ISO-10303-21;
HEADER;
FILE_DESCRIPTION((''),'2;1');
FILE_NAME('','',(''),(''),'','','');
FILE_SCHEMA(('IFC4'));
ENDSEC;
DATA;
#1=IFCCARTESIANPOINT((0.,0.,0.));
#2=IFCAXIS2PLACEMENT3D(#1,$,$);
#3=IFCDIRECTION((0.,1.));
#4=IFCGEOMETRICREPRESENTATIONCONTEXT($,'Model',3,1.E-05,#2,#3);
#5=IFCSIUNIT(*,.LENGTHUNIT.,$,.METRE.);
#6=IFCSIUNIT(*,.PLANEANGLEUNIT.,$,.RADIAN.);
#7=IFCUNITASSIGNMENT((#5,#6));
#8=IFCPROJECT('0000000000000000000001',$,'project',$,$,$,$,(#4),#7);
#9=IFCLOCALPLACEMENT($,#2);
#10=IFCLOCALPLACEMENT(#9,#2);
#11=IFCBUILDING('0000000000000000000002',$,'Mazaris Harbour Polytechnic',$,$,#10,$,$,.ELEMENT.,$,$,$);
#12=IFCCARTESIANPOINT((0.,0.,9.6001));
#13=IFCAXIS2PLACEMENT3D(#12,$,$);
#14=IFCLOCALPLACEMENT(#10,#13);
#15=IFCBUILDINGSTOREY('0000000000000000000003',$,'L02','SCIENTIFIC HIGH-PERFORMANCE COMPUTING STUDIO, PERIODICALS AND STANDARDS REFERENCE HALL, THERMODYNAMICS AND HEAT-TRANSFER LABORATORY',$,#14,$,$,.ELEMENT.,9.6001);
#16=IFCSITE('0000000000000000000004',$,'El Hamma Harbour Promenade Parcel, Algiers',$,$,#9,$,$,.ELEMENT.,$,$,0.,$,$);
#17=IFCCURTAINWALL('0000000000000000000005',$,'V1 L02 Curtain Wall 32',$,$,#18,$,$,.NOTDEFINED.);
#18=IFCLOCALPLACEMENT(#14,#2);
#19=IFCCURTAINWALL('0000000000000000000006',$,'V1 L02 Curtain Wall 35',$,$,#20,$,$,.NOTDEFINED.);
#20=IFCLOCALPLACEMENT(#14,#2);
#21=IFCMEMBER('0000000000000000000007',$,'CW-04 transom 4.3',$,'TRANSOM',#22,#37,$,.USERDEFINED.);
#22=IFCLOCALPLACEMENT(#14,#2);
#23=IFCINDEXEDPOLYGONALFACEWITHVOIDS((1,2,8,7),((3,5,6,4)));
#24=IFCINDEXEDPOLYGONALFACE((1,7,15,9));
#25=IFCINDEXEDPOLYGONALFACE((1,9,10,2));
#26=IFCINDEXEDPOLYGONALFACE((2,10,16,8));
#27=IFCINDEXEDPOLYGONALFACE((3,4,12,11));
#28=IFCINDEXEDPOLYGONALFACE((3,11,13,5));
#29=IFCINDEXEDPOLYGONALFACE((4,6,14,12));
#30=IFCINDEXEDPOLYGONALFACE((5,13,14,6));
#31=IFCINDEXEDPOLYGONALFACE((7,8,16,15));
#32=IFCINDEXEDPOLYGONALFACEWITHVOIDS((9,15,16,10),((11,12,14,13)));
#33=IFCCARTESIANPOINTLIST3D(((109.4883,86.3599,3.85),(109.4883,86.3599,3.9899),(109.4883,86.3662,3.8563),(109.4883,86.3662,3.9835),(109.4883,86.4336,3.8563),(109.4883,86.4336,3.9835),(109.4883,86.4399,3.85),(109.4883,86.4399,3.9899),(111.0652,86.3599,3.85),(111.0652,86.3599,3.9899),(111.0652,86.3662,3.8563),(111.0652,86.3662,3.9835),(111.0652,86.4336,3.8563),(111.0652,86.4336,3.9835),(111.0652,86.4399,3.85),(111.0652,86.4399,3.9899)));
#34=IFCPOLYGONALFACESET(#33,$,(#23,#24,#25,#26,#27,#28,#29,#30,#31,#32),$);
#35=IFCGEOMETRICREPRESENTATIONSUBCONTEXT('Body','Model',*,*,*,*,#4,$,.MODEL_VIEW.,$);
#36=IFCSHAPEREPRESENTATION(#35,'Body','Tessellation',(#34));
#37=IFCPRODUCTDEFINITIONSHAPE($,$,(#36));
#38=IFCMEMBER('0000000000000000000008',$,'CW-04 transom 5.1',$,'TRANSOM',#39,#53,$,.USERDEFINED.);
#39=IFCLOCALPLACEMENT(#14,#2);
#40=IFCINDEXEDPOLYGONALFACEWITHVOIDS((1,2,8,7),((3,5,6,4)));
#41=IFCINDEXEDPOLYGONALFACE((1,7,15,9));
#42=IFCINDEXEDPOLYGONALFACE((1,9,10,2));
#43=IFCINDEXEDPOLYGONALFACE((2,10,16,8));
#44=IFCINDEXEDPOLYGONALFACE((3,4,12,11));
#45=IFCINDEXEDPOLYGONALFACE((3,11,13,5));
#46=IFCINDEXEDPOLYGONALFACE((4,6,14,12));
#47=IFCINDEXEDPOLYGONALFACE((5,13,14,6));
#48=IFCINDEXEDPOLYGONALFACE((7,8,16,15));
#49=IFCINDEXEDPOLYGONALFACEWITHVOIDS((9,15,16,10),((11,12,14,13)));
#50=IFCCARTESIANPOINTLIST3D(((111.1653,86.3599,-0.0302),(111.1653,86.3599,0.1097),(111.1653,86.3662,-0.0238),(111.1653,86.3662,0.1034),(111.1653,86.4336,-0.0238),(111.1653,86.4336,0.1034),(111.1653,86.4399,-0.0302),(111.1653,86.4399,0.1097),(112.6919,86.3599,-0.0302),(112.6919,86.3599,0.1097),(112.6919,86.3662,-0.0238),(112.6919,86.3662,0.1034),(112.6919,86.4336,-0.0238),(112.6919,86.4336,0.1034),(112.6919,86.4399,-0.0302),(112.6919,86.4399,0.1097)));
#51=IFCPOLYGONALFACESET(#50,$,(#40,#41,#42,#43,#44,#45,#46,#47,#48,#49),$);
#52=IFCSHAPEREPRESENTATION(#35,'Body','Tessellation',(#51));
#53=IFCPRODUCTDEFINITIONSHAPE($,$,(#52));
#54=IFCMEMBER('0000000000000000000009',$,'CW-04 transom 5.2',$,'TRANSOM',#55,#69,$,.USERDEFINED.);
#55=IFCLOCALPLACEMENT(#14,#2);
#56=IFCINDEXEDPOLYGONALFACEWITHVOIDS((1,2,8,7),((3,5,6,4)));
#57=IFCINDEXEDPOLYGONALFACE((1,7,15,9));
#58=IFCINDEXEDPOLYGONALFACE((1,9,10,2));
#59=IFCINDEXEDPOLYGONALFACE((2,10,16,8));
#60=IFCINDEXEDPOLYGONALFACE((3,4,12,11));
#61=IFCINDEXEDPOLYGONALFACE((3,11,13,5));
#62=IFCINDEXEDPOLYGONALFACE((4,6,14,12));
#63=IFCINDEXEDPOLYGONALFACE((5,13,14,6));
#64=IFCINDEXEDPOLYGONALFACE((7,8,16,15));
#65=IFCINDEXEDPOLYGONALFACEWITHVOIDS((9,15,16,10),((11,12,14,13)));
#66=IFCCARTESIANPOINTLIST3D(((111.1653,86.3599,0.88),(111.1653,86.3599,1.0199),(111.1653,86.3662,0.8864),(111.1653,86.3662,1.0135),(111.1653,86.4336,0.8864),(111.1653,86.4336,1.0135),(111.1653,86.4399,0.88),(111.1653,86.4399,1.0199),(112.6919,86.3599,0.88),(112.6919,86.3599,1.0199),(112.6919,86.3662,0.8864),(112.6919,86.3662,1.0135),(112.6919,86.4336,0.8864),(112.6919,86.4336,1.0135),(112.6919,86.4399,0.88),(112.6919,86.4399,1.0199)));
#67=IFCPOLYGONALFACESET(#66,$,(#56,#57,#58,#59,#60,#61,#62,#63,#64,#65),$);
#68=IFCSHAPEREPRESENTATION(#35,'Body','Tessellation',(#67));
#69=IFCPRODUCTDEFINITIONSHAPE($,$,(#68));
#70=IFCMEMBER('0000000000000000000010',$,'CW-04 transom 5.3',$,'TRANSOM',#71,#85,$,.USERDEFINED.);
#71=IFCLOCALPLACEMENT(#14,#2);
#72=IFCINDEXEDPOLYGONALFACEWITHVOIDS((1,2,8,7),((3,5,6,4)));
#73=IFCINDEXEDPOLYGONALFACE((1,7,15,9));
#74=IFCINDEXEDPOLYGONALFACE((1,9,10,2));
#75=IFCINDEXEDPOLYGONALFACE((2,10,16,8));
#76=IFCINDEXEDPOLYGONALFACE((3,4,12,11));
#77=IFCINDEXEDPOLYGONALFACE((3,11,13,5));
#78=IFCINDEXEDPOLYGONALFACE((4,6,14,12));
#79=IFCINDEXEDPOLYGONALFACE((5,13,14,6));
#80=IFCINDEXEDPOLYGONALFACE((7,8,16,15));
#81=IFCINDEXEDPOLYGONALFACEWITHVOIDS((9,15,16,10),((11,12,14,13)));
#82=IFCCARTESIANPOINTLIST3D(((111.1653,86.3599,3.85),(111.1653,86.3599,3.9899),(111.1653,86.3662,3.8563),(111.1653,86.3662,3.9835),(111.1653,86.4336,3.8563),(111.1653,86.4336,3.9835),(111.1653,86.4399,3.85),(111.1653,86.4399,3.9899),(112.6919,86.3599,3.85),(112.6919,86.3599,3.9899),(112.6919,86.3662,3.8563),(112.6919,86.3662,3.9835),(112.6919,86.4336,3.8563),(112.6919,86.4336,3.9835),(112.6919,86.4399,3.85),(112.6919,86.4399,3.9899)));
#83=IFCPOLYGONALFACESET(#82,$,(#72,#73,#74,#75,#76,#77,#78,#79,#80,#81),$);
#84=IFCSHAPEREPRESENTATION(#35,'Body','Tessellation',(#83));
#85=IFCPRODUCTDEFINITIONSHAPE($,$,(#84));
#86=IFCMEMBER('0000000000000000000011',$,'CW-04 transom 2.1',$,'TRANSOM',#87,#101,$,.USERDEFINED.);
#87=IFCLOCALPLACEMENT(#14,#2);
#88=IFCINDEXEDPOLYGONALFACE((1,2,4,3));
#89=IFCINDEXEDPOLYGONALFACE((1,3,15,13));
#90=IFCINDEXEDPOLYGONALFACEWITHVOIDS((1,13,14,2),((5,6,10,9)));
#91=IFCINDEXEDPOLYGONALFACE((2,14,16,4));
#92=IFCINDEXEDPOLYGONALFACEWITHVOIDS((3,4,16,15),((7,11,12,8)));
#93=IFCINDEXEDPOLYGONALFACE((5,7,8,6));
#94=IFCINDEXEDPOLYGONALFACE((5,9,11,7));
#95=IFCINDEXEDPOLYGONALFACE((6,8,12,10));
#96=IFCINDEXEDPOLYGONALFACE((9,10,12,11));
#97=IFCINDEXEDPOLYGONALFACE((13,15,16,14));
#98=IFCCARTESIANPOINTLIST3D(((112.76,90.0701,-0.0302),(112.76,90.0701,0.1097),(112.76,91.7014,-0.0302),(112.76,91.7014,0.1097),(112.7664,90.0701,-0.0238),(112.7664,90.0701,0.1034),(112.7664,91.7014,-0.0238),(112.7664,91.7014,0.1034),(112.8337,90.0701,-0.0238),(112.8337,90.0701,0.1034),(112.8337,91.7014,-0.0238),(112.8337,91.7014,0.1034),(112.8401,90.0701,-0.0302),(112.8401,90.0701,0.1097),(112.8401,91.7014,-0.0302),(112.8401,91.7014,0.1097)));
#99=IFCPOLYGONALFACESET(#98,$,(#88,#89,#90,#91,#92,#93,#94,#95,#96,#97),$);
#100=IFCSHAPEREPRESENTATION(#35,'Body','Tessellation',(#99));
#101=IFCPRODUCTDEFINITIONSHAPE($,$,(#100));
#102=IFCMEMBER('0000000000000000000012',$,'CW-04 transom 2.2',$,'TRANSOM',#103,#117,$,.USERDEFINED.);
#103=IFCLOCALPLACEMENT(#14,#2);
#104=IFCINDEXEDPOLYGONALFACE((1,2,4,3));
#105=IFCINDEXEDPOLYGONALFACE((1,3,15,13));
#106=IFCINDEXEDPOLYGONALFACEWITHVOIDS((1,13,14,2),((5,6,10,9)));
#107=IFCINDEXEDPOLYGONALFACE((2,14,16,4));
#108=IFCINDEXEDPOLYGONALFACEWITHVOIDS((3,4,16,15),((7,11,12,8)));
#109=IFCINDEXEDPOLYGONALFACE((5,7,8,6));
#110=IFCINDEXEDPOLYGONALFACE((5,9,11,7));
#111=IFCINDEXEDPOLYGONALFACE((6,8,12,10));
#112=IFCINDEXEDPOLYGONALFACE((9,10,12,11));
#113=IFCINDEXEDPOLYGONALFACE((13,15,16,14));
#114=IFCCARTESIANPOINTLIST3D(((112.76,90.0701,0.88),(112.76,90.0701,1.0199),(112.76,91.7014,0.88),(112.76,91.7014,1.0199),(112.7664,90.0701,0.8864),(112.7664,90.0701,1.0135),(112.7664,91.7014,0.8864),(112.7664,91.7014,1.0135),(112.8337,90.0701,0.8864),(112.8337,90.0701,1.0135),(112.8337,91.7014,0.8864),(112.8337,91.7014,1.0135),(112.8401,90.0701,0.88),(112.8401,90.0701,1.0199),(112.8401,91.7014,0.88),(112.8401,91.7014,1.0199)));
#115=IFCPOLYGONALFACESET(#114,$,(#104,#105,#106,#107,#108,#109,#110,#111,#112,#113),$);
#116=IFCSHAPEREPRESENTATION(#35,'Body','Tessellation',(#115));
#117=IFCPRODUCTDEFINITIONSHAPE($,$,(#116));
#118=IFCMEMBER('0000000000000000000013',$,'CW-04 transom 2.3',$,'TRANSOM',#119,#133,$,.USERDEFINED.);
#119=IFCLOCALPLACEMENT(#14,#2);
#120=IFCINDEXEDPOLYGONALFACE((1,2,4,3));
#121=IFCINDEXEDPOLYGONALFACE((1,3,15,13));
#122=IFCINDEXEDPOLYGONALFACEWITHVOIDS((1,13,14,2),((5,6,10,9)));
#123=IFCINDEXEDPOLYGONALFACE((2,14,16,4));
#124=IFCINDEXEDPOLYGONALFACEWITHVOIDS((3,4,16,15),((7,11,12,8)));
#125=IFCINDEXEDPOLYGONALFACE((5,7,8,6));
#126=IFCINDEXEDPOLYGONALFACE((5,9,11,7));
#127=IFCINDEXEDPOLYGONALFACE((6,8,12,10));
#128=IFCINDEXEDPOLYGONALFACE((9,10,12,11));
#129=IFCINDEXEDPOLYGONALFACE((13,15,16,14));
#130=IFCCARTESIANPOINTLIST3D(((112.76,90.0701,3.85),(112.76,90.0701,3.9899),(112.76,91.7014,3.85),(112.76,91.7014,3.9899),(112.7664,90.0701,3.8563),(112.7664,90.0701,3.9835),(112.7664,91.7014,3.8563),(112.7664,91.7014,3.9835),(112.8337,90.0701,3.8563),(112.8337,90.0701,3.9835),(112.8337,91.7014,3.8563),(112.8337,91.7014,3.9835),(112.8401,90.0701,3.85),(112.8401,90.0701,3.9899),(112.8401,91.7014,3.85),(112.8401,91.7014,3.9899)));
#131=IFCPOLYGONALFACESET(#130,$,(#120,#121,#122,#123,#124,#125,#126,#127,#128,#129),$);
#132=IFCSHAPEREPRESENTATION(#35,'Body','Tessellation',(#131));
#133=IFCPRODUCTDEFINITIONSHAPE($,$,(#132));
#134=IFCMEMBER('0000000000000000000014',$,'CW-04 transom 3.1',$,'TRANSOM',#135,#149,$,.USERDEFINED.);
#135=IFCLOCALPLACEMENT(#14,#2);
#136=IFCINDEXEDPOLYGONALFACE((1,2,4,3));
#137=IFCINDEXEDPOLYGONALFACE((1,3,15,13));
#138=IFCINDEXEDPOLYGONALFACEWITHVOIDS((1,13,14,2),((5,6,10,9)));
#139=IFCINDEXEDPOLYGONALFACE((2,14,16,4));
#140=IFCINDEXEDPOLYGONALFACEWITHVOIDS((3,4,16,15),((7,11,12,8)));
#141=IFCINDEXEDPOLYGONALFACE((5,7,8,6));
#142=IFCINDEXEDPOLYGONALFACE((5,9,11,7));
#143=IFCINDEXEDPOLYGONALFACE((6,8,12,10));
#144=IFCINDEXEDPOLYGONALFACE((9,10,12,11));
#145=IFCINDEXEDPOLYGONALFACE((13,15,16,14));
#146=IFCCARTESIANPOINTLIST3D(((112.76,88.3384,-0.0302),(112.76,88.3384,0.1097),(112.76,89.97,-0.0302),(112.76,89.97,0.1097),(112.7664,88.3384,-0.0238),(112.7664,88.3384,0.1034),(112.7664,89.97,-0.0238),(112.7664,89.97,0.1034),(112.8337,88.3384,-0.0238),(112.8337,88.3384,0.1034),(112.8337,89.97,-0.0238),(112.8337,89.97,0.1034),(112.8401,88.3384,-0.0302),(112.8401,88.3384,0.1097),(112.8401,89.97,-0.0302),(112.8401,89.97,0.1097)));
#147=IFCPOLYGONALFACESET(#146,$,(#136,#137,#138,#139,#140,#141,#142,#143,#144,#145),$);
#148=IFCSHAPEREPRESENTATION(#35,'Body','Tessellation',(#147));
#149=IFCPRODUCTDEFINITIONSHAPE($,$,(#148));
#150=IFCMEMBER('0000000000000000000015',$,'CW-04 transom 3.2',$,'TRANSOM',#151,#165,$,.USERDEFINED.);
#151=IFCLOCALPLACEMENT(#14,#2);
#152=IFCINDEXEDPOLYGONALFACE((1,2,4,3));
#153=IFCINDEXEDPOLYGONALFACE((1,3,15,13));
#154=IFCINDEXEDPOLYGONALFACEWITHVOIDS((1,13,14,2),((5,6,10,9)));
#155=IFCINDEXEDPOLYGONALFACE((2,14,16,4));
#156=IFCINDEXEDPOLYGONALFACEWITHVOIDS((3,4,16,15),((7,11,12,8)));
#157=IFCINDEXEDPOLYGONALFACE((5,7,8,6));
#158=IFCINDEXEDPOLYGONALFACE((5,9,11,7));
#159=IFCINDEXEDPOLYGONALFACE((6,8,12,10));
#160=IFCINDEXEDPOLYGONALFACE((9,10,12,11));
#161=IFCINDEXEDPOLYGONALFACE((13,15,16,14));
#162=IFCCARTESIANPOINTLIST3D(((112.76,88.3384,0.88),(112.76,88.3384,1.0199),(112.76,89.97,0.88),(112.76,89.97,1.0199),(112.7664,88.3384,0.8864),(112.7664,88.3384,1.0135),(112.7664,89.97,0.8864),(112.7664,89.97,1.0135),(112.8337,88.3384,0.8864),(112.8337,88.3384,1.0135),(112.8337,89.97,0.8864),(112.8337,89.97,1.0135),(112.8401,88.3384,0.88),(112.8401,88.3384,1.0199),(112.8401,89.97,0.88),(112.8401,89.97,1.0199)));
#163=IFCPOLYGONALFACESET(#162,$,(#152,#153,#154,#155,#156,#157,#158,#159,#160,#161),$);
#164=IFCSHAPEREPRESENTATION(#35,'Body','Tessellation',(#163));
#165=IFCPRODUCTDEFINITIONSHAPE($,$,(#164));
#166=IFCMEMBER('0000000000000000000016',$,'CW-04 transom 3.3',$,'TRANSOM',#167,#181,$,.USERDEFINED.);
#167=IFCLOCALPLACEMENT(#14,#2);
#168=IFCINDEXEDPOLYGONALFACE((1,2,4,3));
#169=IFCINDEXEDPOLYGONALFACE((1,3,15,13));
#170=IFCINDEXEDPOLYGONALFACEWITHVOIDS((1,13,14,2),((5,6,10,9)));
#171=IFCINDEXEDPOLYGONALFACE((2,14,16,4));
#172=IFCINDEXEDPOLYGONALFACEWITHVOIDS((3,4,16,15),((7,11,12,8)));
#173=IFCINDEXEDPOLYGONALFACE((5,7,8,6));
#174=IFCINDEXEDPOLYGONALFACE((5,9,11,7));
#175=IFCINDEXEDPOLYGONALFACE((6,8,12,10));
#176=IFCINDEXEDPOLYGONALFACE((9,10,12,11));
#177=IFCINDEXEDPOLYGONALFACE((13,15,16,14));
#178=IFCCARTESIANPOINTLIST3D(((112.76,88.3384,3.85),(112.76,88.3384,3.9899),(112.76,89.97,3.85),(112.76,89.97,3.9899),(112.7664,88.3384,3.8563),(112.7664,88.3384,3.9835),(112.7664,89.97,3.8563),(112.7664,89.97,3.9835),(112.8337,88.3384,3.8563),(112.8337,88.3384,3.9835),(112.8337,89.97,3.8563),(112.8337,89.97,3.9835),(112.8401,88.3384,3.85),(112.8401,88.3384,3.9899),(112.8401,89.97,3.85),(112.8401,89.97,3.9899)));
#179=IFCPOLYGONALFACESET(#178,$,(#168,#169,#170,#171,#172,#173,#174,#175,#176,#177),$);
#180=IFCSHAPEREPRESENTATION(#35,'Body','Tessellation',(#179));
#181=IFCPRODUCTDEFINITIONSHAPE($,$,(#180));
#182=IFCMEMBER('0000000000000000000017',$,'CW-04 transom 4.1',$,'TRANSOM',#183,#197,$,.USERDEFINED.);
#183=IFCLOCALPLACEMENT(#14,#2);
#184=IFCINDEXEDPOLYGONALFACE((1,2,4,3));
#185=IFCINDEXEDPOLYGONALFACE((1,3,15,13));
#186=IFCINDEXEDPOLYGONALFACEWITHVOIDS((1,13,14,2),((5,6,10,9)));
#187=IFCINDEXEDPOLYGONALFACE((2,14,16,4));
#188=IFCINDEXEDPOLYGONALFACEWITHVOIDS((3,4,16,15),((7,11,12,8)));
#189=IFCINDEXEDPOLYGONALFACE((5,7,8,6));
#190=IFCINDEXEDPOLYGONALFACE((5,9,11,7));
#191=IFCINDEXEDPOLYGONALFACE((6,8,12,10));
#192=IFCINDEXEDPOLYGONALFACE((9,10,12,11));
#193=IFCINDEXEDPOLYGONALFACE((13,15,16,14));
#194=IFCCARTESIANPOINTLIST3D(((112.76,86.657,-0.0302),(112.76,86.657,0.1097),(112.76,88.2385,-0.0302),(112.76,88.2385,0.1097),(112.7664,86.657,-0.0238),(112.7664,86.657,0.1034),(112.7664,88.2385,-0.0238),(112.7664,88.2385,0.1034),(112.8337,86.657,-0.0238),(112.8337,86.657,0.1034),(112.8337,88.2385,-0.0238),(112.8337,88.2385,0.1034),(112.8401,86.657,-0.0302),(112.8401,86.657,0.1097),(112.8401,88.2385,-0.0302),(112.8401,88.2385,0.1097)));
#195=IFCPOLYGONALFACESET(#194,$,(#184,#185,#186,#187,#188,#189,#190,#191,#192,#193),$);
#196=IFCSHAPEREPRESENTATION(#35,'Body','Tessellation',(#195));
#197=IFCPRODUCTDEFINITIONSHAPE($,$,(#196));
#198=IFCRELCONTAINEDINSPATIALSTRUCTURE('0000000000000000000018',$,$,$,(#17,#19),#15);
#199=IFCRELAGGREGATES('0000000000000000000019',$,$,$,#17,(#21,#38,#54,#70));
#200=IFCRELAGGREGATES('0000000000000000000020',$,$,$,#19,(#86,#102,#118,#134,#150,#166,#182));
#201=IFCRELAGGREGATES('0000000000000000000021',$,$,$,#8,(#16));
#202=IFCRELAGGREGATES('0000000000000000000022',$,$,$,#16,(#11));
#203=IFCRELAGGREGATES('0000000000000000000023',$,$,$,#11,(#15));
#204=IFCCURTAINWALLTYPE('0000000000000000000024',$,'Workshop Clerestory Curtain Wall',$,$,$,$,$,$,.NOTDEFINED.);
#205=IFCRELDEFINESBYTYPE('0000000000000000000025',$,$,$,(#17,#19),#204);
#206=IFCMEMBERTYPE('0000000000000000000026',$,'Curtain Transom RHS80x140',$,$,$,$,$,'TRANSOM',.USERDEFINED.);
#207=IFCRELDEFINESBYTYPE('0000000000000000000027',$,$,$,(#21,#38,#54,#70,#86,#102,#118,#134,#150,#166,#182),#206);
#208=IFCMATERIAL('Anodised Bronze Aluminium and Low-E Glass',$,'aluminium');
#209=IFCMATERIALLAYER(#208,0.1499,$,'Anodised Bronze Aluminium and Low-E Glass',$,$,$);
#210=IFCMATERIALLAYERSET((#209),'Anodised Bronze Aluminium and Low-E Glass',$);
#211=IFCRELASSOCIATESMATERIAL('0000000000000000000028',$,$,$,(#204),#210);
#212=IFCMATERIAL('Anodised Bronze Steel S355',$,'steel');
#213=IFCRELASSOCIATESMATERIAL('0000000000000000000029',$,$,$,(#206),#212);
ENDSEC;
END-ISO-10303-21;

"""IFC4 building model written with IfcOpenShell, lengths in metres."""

from ifc_helpers import new_model, si_unit, direction, frame, origin, origin_2d, place, context, subcontext, project, spatial, hollow_rectangle, extrude, material, layer, layer_set, material_profile, profile_set, type_object, element, aggregate, save


model = new_model("IFC4")

# Units and contexts
model_context = context("Model", 3, precision=1e-05, world=origin(), true_north=direction((0.0, 1.0)))
body_context = subcontext(model_context, "Body", "Model", "MODEL_VIEW")
ifc_project = project(units=[si_unit("LENGTHUNIT", "METRE"), si_unit("PLANEANGLEUNIT", "RADIAN")], contexts=[model_context])

# Site, building, storey
site_placement = place(None, origin())
site = spatial("IfcSite", under=ifc_project, at=site_placement, Name="El Hamma Harbour Promenade Parcel, Algiers", CompositionType="ELEMENT", RefElevation=0.0)
building_placement = place(site_placement, origin())
building = spatial("IfcBuilding", under=site, at=building_placement, Name="Mazaris Harbour Polytechnic", CompositionType="ELEMENT")
storey_placement = place(building_placement, frame((0.0, 0.0, 9.6001)))
storey = spatial("IfcBuildingStorey", under=building, at=storey_placement, Name="L02", Description="SCIENTIFIC HIGH-PERFORMANCE COMPUTING STUDIO, PERIODICALS AND STANDARDS REFERENCE HALL, THERMODYNAMICS AND HEAT-TRANSFER LABORATORY", CompositionType="ELEMENT", Elevation=9.6001)

# Curtain walls
ifc_material_1 = material(Name="Anodised Bronze Aluminium and Low-E Glass", Category="aluminium")
ifc_layer_1 = layer(ifc_material_1, 0.1499, Name="Anodised Bronze Aluminium and Low-E Glass")
ifc_layer_set_1 = layer_set([ifc_layer_1], Name="Anodised Bronze Aluminium and Low-E Glass")
curtain_wall_type = type_object("IfcCurtainWallType", Name="Workshop Clerestory Curtain Wall", PredefinedType="NOTDEFINED", material=ifc_layer_set_1)
curtain_wall_1_placement = place(storey_placement, origin())
curtain_wall_1 = element("IfcCurtainWall", 1, at=curtain_wall_1_placement, inside=storey, type_object=curtain_wall_type, Name="V1 L02 Curtain Wall 32", PredefinedType="NOTDEFINED")
curtain_wall_2_placement = place(storey_placement, origin())
curtain_wall_2 = element("IfcCurtainWall", 2, at=curtain_wall_2_placement, inside=storey, type_object=curtain_wall_type, Name="V1 L02 Curtain Wall 35", PredefinedType="NOTDEFINED")

# Members
ifc_material_2 = material(Name="Anodised Bronze Steel S355", Category="steel")
ifc_material_profile_1 = material_profile(ifc_material_2, hollow_rectangle(XDim=0.0801, YDim=0.1399, WallThickness=0.0063, at=origin_2d()), Name="RHS 80x140x6.3")
ifc_profile_set_1 = profile_set([ifc_material_profile_1], Name="Anodised Bronze Steel S355")
member_type_1 = type_object("IfcMemberType", Name="Curtain Transom RHS80x140", ElementType="TRANSOM", PredefinedType="USERDEFINED", material=ifc_profile_set_1)
member_1_placement = place(storey_placement, frame((109.4883, 86.3999, 3.9199), z_axis=(1.0, 0.0, 0.0), x_axis=(0.0, 1.0, 0.0)))
member_1 = element("IfcMember", 3, at=member_1_placement, type_object=member_type_1, Name="CW-04 transom 4.3", ObjectType="TRANSOM", PredefinedType="USERDEFINED", context=body_context, shape_type="SweptSolid", body=[
    extrude(hollow_rectangle(XDim=0.0801, YDim=0.1399, WallThickness=0.0063, at=origin_2d()), origin(), (0.0, 0.0, 1.0), 1.5769),
])
member_2_placement = place(storey_placement, frame((111.1653, 86.3999, 0.0398), z_axis=(1.0, 0.0, 0.0), x_axis=(0.0, 1.0, 0.0)))
member_2 = element("IfcMember", 4, at=member_2_placement, type_object=member_type_1, Name="CW-04 transom 5.1", ObjectType="TRANSOM", PredefinedType="USERDEFINED", context=body_context, shape_type="SweptSolid", body=[
    extrude(hollow_rectangle(XDim=0.0801, YDim=0.1399, WallThickness=0.0063, at=origin_2d()), origin(), (0.0, 0.0, 1.0), 1.5266),
])
member_3_placement = place(storey_placement, frame((111.1653, 86.3999, 0.95), z_axis=(1.0, 0.0, 0.0), x_axis=(0.0, 1.0, 0.0)))
member_3 = element("IfcMember", 5, at=member_3_placement, type_object=member_type_1, Name="CW-04 transom 5.2", ObjectType="TRANSOM", PredefinedType="USERDEFINED", context=body_context, shape_type="SweptSolid", body=[
    extrude(hollow_rectangle(XDim=0.0801, YDim=0.1399, WallThickness=0.0063, at=origin_2d()), origin(), (0.0, 0.0, 1.0), 1.5266),
])
member_4_placement = place(storey_placement, frame((111.1653, 86.3999, 3.9199), z_axis=(1.0, 0.0, 0.0), x_axis=(0.0, 1.0, 0.0)))
member_4 = element("IfcMember", 6, at=member_4_placement, type_object=member_type_1, Name="CW-04 transom 5.3", ObjectType="TRANSOM", PredefinedType="USERDEFINED", context=body_context, shape_type="SweptSolid", body=[
    extrude(hollow_rectangle(XDim=0.0801, YDim=0.1399, WallThickness=0.0063, at=origin_2d()), origin(), (0.0, 0.0, 1.0), 1.5266),
])
member_5_placement = place(storey_placement, frame((112.8, 91.7014, 0.0398), z_axis=(0.0, -1.0, 0.0), x_axis=(1.0, 0.0, 0.0)))
member_5 = element("IfcMember", 7, at=member_5_placement, type_object=member_type_1, Name="CW-04 transom 2.1", ObjectType="TRANSOM", PredefinedType="USERDEFINED", context=body_context, shape_type="SweptSolid", body=[
    extrude(hollow_rectangle(XDim=0.0801, YDim=0.1399, WallThickness=0.0063, at=origin_2d()), origin(), (0.0, 0.0, 1.0), 1.6313),
])
member_6_placement = place(storey_placement, frame((112.8, 91.7014, 0.95), z_axis=(0.0, -1.0, 0.0), x_axis=(1.0, 0.0, 0.0)))
member_6 = element("IfcMember", 8, at=member_6_placement, type_object=member_type_1, Name="CW-04 transom 2.2", ObjectType="TRANSOM", PredefinedType="USERDEFINED", context=body_context, shape_type="SweptSolid", body=[
    extrude(hollow_rectangle(XDim=0.0801, YDim=0.1399, WallThickness=0.0063, at=origin_2d()), origin(), (0.0, 0.0, 1.0), 1.6313),
])
member_7_placement = place(storey_placement, frame((112.8, 91.7014, 3.9199), z_axis=(0.0, -1.0, 0.0), x_axis=(1.0, 0.0, 0.0)))
member_7 = element("IfcMember", 9, at=member_7_placement, type_object=member_type_1, Name="CW-04 transom 2.3", ObjectType="TRANSOM", PredefinedType="USERDEFINED", context=body_context, shape_type="SweptSolid", body=[
    extrude(hollow_rectangle(XDim=0.0801, YDim=0.1399, WallThickness=0.0063, at=origin_2d()), origin(), (0.0, 0.0, 1.0), 1.6313),
])
member_8_placement = place(storey_placement, frame((112.8, 89.97, 0.0398), z_axis=(0.0, -1.0, 0.0), x_axis=(1.0, 0.0, 0.0)))
member_8 = element("IfcMember", 10, at=member_8_placement, type_object=member_type_1, Name="CW-04 transom 3.1", ObjectType="TRANSOM", PredefinedType="USERDEFINED", context=body_context, shape_type="SweptSolid", body=[
    extrude(hollow_rectangle(XDim=0.0801, YDim=0.1399, WallThickness=0.0063, at=origin_2d()), origin(), (0.0, 0.0, 1.0), 1.6316),
])
member_9_placement = place(storey_placement, frame((112.8, 89.97, 0.95), z_axis=(0.0, -1.0, 0.0), x_axis=(1.0, 0.0, 0.0)))
member_9 = element("IfcMember", 11, at=member_9_placement, type_object=member_type_1, Name="CW-04 transom 3.2", ObjectType="TRANSOM", PredefinedType="USERDEFINED", context=body_context, shape_type="SweptSolid", body=[
    extrude(hollow_rectangle(XDim=0.0801, YDim=0.1399, WallThickness=0.0063, at=origin_2d()), origin(), (0.0, 0.0, 1.0), 1.6316),
])
member_10_placement = place(storey_placement, frame((112.8, 89.97, 3.9199), z_axis=(0.0, -1.0, 0.0), x_axis=(1.0, 0.0, 0.0)))
member_10 = element("IfcMember", 12, at=member_10_placement, type_object=member_type_1, Name="CW-04 transom 3.3", ObjectType="TRANSOM", PredefinedType="USERDEFINED", context=body_context, shape_type="SweptSolid", body=[
    extrude(hollow_rectangle(XDim=0.0801, YDim=0.1399, WallThickness=0.0063, at=origin_2d()), origin(), (0.0, 0.0, 1.0), 1.6316),
])
member_11_placement = place(storey_placement, frame((112.8, 88.2385, 0.0398), z_axis=(0.0, -1.0, 0.0), x_axis=(1.0, 0.0, 0.0)))
member_11 = element("IfcMember", 13, at=member_11_placement, type_object=member_type_1, Name="CW-04 transom 4.1", ObjectType="TRANSOM", PredefinedType="USERDEFINED", context=body_context, shape_type="SweptSolid", body=[
    extrude(hollow_rectangle(XDim=0.0801, YDim=0.1399, WallThickness=0.0063, at=origin_2d()), origin(), (0.0, 0.0, 1.0), 1.5815),
])

aggregate(curtain_wall_1, [member_1, member_2, member_3, member_4])
aggregate(curtain_wall_2, [member_5, member_6, member_7, member_8, member_9, member_10, member_11])

save(model, "model.ifc")
